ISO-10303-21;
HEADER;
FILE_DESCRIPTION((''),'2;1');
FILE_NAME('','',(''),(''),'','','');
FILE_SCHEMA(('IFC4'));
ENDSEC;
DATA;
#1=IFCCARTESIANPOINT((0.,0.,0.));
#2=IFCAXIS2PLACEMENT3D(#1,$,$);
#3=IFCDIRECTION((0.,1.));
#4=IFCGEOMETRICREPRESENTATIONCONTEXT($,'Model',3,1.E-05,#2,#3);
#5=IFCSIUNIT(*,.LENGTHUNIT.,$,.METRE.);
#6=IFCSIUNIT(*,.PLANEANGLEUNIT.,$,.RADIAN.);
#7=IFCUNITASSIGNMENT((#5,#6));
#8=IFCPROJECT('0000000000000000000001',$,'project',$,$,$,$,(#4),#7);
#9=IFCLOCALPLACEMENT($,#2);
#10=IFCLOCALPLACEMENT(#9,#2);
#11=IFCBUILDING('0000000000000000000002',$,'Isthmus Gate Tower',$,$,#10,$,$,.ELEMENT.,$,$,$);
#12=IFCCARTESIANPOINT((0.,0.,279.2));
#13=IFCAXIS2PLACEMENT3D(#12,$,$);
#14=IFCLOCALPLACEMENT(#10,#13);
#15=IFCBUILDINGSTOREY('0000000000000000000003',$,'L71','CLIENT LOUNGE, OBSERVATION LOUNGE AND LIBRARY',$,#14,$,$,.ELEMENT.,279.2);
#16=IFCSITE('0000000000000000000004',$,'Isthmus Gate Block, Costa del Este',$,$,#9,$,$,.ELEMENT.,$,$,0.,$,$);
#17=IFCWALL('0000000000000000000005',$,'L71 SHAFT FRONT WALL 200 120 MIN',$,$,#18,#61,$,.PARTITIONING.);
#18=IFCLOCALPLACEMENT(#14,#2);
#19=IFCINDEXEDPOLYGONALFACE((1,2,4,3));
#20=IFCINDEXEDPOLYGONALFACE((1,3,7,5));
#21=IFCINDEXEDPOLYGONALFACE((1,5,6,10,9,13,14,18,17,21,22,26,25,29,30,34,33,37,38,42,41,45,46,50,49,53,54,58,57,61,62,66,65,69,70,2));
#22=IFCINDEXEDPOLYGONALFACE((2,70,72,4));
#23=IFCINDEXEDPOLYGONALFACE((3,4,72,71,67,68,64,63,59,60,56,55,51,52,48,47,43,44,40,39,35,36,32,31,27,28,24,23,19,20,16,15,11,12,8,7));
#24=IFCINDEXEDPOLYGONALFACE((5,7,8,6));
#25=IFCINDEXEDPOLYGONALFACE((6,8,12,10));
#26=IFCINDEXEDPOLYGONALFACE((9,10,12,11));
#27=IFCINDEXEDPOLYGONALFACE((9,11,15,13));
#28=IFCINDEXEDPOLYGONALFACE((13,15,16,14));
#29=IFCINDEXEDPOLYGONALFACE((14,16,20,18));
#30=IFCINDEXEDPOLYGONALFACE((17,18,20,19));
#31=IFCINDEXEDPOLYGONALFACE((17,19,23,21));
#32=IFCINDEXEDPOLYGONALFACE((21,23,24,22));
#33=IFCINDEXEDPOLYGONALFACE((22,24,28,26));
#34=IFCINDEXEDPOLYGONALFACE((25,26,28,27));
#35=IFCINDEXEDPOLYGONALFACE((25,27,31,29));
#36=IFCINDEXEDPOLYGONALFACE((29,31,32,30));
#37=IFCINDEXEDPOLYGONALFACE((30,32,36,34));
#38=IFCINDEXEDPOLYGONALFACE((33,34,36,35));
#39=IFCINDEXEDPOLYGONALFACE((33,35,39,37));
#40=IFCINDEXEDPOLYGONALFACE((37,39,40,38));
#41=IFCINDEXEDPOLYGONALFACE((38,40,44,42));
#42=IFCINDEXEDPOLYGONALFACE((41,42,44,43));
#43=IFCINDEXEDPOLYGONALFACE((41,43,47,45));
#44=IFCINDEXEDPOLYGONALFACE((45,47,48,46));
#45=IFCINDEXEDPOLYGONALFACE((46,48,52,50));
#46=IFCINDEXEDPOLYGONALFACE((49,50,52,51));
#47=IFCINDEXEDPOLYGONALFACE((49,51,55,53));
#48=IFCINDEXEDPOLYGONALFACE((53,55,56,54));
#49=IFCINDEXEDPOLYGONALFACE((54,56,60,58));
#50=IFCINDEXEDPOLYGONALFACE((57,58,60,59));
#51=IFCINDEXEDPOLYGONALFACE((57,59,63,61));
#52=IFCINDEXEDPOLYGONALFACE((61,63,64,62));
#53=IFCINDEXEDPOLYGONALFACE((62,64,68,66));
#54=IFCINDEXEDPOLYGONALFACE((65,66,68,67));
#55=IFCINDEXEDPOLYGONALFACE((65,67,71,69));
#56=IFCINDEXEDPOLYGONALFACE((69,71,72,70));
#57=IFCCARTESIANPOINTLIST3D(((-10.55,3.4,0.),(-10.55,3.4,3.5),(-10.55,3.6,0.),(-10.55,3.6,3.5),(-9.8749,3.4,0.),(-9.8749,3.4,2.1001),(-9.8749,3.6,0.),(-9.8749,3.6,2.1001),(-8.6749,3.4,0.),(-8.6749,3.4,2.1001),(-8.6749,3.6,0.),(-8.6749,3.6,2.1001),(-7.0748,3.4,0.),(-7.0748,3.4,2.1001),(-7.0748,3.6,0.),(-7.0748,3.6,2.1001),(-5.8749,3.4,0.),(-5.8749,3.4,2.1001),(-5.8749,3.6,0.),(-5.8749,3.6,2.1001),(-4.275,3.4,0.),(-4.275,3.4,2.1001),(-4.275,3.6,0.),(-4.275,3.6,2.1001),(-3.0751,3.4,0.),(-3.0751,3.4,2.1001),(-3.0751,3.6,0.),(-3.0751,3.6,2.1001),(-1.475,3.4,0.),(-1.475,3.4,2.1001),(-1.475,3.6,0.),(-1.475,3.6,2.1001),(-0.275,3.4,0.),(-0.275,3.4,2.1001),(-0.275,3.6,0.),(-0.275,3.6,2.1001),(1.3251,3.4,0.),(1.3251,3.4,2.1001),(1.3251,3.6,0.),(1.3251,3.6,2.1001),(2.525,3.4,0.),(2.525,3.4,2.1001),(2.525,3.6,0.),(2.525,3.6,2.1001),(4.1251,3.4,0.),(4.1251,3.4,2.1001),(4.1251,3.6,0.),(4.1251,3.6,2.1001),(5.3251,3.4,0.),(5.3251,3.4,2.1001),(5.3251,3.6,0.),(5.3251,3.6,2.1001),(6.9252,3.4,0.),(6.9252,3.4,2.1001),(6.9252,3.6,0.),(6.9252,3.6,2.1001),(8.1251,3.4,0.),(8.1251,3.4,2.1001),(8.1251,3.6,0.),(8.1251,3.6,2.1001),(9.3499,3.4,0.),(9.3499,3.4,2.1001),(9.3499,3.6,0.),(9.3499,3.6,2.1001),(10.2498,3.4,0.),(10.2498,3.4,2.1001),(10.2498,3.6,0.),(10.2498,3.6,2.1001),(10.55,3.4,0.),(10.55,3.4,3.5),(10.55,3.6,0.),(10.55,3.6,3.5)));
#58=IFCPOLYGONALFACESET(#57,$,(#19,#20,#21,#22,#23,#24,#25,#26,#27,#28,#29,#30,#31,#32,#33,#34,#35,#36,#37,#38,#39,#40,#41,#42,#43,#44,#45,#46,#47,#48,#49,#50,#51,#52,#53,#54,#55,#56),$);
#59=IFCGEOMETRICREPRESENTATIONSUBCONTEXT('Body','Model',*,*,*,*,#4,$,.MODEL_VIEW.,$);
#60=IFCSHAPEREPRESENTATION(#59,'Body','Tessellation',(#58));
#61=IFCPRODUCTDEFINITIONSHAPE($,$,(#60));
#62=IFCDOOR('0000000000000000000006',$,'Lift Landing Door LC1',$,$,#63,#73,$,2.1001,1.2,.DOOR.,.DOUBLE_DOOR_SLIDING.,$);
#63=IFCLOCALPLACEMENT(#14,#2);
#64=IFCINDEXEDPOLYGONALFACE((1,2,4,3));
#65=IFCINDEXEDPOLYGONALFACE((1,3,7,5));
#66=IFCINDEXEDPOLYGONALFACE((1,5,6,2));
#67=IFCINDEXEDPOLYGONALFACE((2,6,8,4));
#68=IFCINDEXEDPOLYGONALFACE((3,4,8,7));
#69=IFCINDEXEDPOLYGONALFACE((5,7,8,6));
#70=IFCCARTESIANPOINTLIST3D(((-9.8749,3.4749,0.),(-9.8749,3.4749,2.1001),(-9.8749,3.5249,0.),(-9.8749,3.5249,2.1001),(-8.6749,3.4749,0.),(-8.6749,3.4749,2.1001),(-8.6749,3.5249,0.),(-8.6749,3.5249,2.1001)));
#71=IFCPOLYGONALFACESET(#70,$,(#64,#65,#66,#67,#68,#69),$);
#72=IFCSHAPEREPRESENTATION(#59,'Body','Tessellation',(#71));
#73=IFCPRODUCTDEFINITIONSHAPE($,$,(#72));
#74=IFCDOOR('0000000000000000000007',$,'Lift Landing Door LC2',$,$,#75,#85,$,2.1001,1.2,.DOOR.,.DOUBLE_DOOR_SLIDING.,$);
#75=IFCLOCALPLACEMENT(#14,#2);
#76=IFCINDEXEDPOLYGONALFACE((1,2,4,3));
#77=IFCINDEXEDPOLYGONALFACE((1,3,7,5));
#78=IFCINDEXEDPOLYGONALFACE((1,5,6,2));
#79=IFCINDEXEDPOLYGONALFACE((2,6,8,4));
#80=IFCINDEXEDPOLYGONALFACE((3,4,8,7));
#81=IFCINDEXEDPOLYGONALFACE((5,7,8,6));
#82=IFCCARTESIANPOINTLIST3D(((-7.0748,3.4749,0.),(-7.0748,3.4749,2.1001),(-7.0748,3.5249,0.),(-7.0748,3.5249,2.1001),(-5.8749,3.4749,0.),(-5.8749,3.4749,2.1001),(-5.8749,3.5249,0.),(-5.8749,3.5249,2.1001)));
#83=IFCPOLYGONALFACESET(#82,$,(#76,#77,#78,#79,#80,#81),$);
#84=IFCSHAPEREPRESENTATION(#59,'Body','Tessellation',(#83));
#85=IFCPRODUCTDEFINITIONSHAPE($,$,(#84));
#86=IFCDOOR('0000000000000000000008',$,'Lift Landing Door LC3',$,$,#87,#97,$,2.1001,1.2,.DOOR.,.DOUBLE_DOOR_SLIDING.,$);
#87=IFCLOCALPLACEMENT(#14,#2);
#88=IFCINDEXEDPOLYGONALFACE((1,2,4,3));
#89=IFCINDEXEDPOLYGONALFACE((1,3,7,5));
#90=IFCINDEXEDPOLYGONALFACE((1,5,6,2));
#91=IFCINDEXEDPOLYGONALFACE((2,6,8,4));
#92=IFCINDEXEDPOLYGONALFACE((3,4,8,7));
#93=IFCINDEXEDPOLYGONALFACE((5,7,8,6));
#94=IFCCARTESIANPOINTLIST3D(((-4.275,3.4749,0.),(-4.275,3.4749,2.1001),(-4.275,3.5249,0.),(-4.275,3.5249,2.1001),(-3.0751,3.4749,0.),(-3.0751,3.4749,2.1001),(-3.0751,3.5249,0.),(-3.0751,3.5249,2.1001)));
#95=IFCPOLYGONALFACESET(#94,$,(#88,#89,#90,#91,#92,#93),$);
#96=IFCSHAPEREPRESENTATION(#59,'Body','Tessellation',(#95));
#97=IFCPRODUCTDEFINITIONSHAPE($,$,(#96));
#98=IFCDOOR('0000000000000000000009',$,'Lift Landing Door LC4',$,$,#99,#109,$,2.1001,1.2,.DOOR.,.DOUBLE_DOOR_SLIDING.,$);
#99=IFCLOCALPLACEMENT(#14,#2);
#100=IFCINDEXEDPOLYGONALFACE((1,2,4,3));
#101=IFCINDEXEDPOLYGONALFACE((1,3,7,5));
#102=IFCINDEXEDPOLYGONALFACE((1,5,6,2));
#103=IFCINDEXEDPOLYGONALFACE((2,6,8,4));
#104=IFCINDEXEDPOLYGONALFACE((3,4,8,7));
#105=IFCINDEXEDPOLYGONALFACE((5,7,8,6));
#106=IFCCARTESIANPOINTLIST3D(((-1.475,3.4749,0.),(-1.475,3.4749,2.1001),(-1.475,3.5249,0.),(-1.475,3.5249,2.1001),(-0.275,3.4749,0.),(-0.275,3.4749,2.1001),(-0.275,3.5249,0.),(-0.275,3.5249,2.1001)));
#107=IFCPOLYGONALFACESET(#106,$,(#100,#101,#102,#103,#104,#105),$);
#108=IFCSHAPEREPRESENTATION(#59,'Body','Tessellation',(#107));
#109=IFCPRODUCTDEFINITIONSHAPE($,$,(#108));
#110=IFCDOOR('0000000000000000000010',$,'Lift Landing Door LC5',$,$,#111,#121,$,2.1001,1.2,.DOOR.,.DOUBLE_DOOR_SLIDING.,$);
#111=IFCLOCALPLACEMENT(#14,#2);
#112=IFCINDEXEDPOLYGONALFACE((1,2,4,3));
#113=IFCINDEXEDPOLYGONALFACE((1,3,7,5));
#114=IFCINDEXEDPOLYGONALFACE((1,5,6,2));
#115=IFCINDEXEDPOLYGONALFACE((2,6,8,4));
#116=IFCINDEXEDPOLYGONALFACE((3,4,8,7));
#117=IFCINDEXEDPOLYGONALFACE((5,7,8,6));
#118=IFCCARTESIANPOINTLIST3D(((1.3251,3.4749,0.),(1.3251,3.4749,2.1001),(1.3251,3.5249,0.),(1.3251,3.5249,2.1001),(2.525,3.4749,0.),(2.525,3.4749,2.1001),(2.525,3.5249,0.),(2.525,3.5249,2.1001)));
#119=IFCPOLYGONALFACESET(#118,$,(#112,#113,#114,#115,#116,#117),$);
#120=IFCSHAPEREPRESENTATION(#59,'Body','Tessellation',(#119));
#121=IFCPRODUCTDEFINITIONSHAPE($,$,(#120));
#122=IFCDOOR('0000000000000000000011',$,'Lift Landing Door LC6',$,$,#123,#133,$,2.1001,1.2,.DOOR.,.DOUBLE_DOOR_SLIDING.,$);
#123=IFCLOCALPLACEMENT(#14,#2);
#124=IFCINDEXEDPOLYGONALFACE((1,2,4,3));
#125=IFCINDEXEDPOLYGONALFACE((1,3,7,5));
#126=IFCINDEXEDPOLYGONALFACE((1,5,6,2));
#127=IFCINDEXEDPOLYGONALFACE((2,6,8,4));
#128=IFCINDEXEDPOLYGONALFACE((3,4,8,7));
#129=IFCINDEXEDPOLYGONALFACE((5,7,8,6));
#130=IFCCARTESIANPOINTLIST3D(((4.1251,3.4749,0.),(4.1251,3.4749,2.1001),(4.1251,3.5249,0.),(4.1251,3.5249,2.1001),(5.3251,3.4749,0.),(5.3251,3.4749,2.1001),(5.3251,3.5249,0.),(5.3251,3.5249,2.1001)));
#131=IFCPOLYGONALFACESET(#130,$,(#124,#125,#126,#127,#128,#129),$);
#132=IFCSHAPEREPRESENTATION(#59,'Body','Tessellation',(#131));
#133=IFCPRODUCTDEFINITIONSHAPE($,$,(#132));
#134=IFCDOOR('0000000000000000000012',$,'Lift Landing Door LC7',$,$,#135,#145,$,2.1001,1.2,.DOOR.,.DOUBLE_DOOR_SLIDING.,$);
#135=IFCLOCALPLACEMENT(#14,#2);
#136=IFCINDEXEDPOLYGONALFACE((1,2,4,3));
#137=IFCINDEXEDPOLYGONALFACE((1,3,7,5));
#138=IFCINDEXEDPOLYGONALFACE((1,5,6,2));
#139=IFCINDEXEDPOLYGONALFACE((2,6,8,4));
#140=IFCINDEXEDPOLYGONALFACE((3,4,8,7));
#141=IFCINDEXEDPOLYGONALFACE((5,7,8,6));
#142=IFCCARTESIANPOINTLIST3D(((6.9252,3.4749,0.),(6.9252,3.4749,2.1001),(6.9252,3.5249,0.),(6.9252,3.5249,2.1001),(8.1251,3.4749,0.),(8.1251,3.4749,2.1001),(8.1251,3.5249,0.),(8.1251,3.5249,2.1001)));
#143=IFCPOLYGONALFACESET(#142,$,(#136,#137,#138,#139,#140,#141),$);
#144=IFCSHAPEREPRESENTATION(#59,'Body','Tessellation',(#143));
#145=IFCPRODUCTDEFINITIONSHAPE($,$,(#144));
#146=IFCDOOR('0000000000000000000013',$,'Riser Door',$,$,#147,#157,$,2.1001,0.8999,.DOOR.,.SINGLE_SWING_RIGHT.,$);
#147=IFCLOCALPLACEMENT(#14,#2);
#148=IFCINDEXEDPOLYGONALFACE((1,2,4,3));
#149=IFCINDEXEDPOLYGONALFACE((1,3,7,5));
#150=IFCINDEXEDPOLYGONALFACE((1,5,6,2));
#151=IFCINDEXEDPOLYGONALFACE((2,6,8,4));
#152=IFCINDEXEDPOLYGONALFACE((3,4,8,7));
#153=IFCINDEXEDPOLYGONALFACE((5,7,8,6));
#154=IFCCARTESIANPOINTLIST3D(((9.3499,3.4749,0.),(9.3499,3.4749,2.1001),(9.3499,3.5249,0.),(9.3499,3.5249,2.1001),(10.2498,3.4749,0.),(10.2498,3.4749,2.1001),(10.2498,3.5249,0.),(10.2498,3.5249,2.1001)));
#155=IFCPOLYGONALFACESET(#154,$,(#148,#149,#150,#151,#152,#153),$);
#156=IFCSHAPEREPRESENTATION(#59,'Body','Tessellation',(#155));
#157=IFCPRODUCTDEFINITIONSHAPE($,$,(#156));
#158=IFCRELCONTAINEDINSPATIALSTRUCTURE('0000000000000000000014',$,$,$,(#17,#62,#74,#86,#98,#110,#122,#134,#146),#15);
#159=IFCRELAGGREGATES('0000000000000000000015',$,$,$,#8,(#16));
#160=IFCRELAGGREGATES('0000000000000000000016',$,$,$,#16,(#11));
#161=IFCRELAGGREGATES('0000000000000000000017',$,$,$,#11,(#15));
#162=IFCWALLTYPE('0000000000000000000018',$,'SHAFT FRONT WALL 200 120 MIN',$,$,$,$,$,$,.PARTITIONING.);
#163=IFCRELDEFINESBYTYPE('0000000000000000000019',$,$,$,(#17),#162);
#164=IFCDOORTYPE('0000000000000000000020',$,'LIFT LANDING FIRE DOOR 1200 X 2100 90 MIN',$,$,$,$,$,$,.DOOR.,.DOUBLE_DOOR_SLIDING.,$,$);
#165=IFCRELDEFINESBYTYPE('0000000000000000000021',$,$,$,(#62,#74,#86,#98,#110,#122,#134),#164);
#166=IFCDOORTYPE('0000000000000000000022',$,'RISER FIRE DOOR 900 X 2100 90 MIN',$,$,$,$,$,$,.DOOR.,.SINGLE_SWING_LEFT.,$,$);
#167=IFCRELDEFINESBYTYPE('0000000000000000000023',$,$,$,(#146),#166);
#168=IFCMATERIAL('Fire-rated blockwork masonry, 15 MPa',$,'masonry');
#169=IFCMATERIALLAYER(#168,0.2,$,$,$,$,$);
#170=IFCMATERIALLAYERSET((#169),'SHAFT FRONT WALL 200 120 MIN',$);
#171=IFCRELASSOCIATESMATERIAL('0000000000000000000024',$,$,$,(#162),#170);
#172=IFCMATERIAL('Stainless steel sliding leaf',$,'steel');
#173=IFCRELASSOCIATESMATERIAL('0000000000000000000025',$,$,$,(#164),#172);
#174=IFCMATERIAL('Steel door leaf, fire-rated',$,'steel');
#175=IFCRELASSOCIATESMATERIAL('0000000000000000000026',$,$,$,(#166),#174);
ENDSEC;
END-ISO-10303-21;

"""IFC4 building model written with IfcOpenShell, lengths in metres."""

from ifc_helpers import new_model, si_unit, direction, frame, frame_2d, origin, place, context, subcontext, project, spatial, rectangle, extrude, material, layer, layer_set, type_object, element, fill, save


model = new_model("IFC4")

# Units and contexts
model_context = context("Model", 3, precision=1e-05, world=origin(), true_north=direction((0.0, 1.0)))
body_context = subcontext(model_context, "Body", "Model", "MODEL_VIEW")
ifc_project = project(units=[si_unit("LENGTHUNIT", "METRE"), si_unit("PLANEANGLEUNIT", "RADIAN")], contexts=[model_context])

# Site, building, storey
site_placement = place(None, origin())
site = spatial("IfcSite", under=ifc_project, at=site_placement, Name="Isthmus Gate Block, Costa del Este", CompositionType="ELEMENT", RefElevation=0.0)
building_placement = place(site_placement, origin())
building = spatial("IfcBuilding", under=site, at=building_placement, Name="Isthmus Gate Tower", CompositionType="ELEMENT")
storey_placement = place(building_placement, frame((0.0, 0.0, 279.2)))
storey = spatial("IfcBuildingStorey", under=building, at=storey_placement, Name="L71", Description="CLIENT LOUNGE, OBSERVATION LOUNGE AND LIBRARY", CompositionType="ELEMENT", Elevation=279.2)

# Wall, openings, doors
ifc_material_1 = material(Name="Fire-rated blockwork masonry, 15 MPa", Category="masonry")
ifc_layer = layer(ifc_material_1, 0.2)
ifc_layer_set = layer_set([ifc_layer], Name="SHAFT FRONT WALL 200 120 MIN")
wall_type = type_object("IfcWallType", Name="SHAFT FRONT WALL 200 120 MIN", PredefinedType="PARTITIONING", material=ifc_layer_set)
wall_placement = place(storey_placement, frame((-10.55, 3.5, 0.0), z_axis=(0.0, 0.0, 1.0), x_axis=(1.0, 0.0, 0.0)))
wall = element("IfcWall", 1, at=wall_placement, inside=storey, type_object=wall_type, Name="L71 SHAFT FRONT WALL 200 120 MIN", PredefinedType="PARTITIONING", context=body_context, shape_type="SweptSolid", body=[
    extrude(rectangle(XDim=21.1001, YDim=0.2, at=frame_2d((10.55, 0.0))), origin(), (0.0, 0.0, 1.0), 3.5),
])
opening_1_placement = place(wall_placement, frame((0.675, 0.0, 0.0)))
opening_1 = element("IfcOpeningElement", 2, at=opening_1_placement, cuts=wall, PredefinedType="OPENING", context=body_context, shape_type="SweptSolid", body=[
    extrude(rectangle(XDim=1.2, YDim=2.1001, at=frame_2d((0.6001, 1.05))), frame((0.0, 0.1099, 0.0), z_axis=(0.0, -1.0, 0.0), x_axis=(1.0, 0.0, 0.0)), (0.0, 0.0, 1.0), 0.22),
])
opening_2_placement = place(wall_placement, frame((3.4751, 0.0, 0.0)))
opening_2 = element("IfcOpeningElement", 3, at=opening_2_placement, cuts=wall, PredefinedType="OPENING", context=body_context, shape_type="SweptSolid", body=[
    extrude(rectangle(XDim=1.2, YDim=2.1001, at=frame_2d((0.6001, 1.05))), frame((0.0, 0.1099, 0.0), z_axis=(0.0, -1.0, 0.0), x_axis=(1.0, 0.0, 0.0)), (0.0, 0.0, 1.0), 0.22),
])
opening_3_placement = place(wall_placement, frame((6.2749, 0.0, 0.0)))
opening_3 = element("IfcOpeningElement", 4, at=opening_3_placement, cuts=wall, PredefinedType="OPENING", context=body_context, shape_type="SweptSolid", body=[
    extrude(rectangle(XDim=1.2, YDim=2.1001, at=frame_2d((0.6001, 1.05))), frame((0.0, 0.1099, 0.0), z_axis=(0.0, -1.0, 0.0), x_axis=(1.0, 0.0, 0.0)), (0.0, 0.0, 1.0), 0.22),
])
opening_4_placement = place(wall_placement, frame((9.075, 0.0, 0.0)))
opening_4 = element("IfcOpeningElement", 5, at=opening_4_placement, cuts=wall, PredefinedType="OPENING", context=body_context, shape_type="SweptSolid", body=[
    extrude(rectangle(XDim=1.2, YDim=2.1001, at=frame_2d((0.6001, 1.05))), frame((0.0, 0.1099, 0.0), z_axis=(0.0, -1.0, 0.0), x_axis=(1.0, 0.0, 0.0)), (0.0, 0.0, 1.0), 0.22),
])
opening_5_placement = place(wall_placement, frame((11.875, 0.0, 0.0)))
opening_5 = element("IfcOpeningElement", 6, at=opening_5_placement, cuts=wall, PredefinedType="OPENING", context=body_context, shape_type="SweptSolid", body=[
    extrude(rectangle(XDim=1.2, YDim=2.1001, at=frame_2d((0.6001, 1.05))), frame((0.0, 0.1099, 0.0), z_axis=(0.0, -1.0, 0.0), x_axis=(1.0, 0.0, 0.0)), (0.0, 0.0, 1.0), 0.22),
])
opening_6_placement = place(wall_placement, frame((14.675, 0.0, 0.0)))
opening_6 = element("IfcOpeningElement", 7, at=opening_6_placement, cuts=wall, PredefinedType="OPENING", context=body_context, shape_type="SweptSolid", body=[
    extrude(rectangle(XDim=1.2, YDim=2.1001, at=frame_2d((0.6001, 1.05))), frame((0.0, 0.1099, 0.0), z_axis=(0.0, -1.0, 0.0), x_axis=(1.0, 0.0, 0.0)), (0.0, 0.0, 1.0), 0.22),
])
opening_7_placement = place(wall_placement, frame((17.4751, 0.0, 0.0)))
opening_7 = element("IfcOpeningElement", 8, at=opening_7_placement, cuts=wall, PredefinedType="OPENING", context=body_context, shape_type="SweptSolid", body=[
    extrude(rectangle(XDim=1.2, YDim=2.1001, at=frame_2d((0.6001, 1.05))), frame((0.0, 0.1099, 0.0), z_axis=(0.0, -1.0, 0.0), x_axis=(1.0, 0.0, 0.0)), (0.0, 0.0, 1.0), 0.22),
])
opening_8_placement = place(wall_placement, frame((19.8999, 0.0, 0.0)))
opening_8 = element("IfcOpeningElement", 9, at=opening_8_placement, cuts=wall, PredefinedType="OPENING", context=body_context, shape_type="SweptSolid", body=[
    extrude(rectangle(XDim=0.8999, YDim=2.1001, at=frame_2d((0.45, 1.05))), frame((0.0, 0.1099, 0.0), z_axis=(0.0, -1.0, 0.0), x_axis=(1.0, 0.0, 0.0)), (0.0, 0.0, 1.0), 0.22),
])
ifc_material_2 = material(Name="Stainless steel sliding leaf", Category="steel")
door_type_1 = type_object("IfcDoorType", Name="LIFT LANDING FIRE DOOR 1200 X 2100 90 MIN", OperationType="DOUBLE_DOOR_SLIDING", PredefinedType="DOOR", material=ifc_material_2)
door_1_placement = place(opening_1_placement, origin())
door_1 = element("IfcDoor", 10, at=door_1_placement, inside=storey, type_object=door_type_1, Name="Lift Landing Door LC1", OperationType="DOUBLE_DOOR_SLIDING", OverallHeight=2.1001, OverallWidth=1.2, PredefinedType="DOOR", context=body_context, shape_type="SweptSolid", body=[
    extrude(rectangle(XDim=1.2, YDim=2.1001, at=frame_2d((0.6001, 1.05))), frame((0.0, 0.0249, 0.0), z_axis=(0.0, -1.0, 0.0), x_axis=(1.0, 0.0, 0.0)), (0.0, 0.0, 1.0), 0.05),
])
fill(opening_1, door_1)
door_2_placement = place(opening_2_placement, origin())
door_2 = element("IfcDoor", 11, at=door_2_placement, inside=storey, type_object=door_type_1, Name="Lift Landing Door LC2", OperationType="DOUBLE_DOOR_SLIDING", OverallHeight=2.1001, OverallWidth=1.2, PredefinedType="DOOR", context=body_context, shape_type="SweptSolid", body=[
    extrude(rectangle(XDim=1.2, YDim=2.1001, at=frame_2d((0.6001, 1.05))), frame((0.0, 0.0249, 0.0), z_axis=(0.0, -1.0, 0.0), x_axis=(1.0, 0.0, 0.0)), (0.0, 0.0, 1.0), 0.05),
])
fill(opening_2, door_2)
door_3_placement = place(opening_3_placement, origin())
door_3 = element("IfcDoor", 12, at=door_3_placement, inside=storey, type_object=door_type_1, Name="Lift Landing Door LC3", OperationType="DOUBLE_DOOR_SLIDING", OverallHeight=2.1001, OverallWidth=1.2, PredefinedType="DOOR", context=body_context, shape_type="SweptSolid", body=[
    extrude(rectangle(XDim=1.2, YDim=2.1001, at=frame_2d((0.6001, 1.05))), frame((0.0, 0.0249, 0.0), z_axis=(0.0, -1.0, 0.0), x_axis=(1.0, 0.0, 0.0)), (0.0, 0.0, 1.0), 0.05),
])
fill(opening_3, door_3)
door_4_placement = place(opening_4_placement, origin())
door_4 = element("IfcDoor", 13, at=door_4_placement, inside=storey, type_object=door_type_1, Name="Lift Landing Door LC4", OperationType="DOUBLE_DOOR_SLIDING", OverallHeight=2.1001, OverallWidth=1.2, PredefinedType="DOOR", context=body_context, shape_type="SweptSolid", body=[
    extrude(rectangle(XDim=1.2, YDim=2.1001, at=frame_2d((0.6001, 1.05))), frame((0.0, 0.0249, 0.0), z_axis=(0.0, -1.0, 0.0), x_axis=(1.0, 0.0, 0.0)), (0.0, 0.0, 1.0), 0.05),
])
fill(opening_4, door_4)
door_5_placement = place(opening_5_placement, origin())
door_5 = element("IfcDoor", 14, at=door_5_placement, inside=storey, type_object=door_type_1, Name="Lift Landing Door LC5", OperationType="DOUBLE_DOOR_SLIDING", OverallHeight=2.1001, OverallWidth=1.2, PredefinedType="DOOR", context=body_context, shape_type="SweptSolid", body=[
    extrude(rectangle(XDim=1.2, YDim=2.1001, at=frame_2d((0.6001, 1.05))), frame((0.0, 0.0249, 0.0), z_axis=(0.0, -1.0, 0.0), x_axis=(1.0, 0.0, 0.0)), (0.0, 0.0, 1.0), 0.05),
])
fill(opening_5, door_5)
door_6_placement = place(opening_6_placement, origin())
door_6 = element("IfcDoor", 15, at=door_6_placement, inside=storey, type_object=door_type_1, Name="Lift Landing Door LC6", OperationType="DOUBLE_DOOR_SLIDING", OverallHeight=2.1001, OverallWidth=1.2, PredefinedType="DOOR", context=body_context, shape_type="SweptSolid", body=[
    extrude(rectangle(XDim=1.2, YDim=2.1001, at=frame_2d((0.6001, 1.05))), frame((0.0, 0.0249, 0.0), z_axis=(0.0, -1.0, 0.0), x_axis=(1.0, 0.0, 0.0)), (0.0, 0.0, 1.0), 0.05),
])
fill(opening_6, door_6)
door_7_placement = place(opening_7_placement, origin())
door_7 = element("IfcDoor", 16, at=door_7_placement, inside=storey, type_object=door_type_1, Name="Lift Landing Door LC7", OperationType="DOUBLE_DOOR_SLIDING", OverallHeight=2.1001, OverallWidth=1.2, PredefinedType="DOOR", context=body_context, shape_type="SweptSolid", body=[
    extrude(rectangle(XDim=1.2, YDim=2.1001, at=frame_2d((0.6001, 1.05))), frame((0.0, 0.0249, 0.0), z_axis=(0.0, -1.0, 0.0), x_axis=(1.0, 0.0, 0.0)), (0.0, 0.0, 1.0), 0.05),
])
fill(opening_7, door_7)
ifc_material_3 = material(Name="Steel door leaf, fire-rated", Category="steel")
door_type_2 = type_object("IfcDoorType", Name="RISER FIRE DOOR 900 X 2100 90 MIN", OperationType="SINGLE_SWING_LEFT", PredefinedType="DOOR", material=ifc_material_3)
door_8_placement = place(opening_8_placement, origin())
door_8 = element("IfcDoor", 17, at=door_8_placement, inside=storey, type_object=door_type_2, Name="Riser Door", OperationType="SINGLE_SWING_RIGHT", OverallHeight=2.1001, OverallWidth=0.8999, PredefinedType="DOOR", context=body_context, shape_type="SweptSolid", body=[
    extrude(rectangle(XDim=0.8999, YDim=2.1001, at=frame_2d((0.45, 1.05))), frame((0.0, 0.0249, 0.0), z_axis=(0.0, -1.0, 0.0), x_axis=(1.0, 0.0, 0.0)), (0.0, 0.0, 1.0), 0.05),
])
fill(opening_8, door_8)

save(model, "model.ifc")
